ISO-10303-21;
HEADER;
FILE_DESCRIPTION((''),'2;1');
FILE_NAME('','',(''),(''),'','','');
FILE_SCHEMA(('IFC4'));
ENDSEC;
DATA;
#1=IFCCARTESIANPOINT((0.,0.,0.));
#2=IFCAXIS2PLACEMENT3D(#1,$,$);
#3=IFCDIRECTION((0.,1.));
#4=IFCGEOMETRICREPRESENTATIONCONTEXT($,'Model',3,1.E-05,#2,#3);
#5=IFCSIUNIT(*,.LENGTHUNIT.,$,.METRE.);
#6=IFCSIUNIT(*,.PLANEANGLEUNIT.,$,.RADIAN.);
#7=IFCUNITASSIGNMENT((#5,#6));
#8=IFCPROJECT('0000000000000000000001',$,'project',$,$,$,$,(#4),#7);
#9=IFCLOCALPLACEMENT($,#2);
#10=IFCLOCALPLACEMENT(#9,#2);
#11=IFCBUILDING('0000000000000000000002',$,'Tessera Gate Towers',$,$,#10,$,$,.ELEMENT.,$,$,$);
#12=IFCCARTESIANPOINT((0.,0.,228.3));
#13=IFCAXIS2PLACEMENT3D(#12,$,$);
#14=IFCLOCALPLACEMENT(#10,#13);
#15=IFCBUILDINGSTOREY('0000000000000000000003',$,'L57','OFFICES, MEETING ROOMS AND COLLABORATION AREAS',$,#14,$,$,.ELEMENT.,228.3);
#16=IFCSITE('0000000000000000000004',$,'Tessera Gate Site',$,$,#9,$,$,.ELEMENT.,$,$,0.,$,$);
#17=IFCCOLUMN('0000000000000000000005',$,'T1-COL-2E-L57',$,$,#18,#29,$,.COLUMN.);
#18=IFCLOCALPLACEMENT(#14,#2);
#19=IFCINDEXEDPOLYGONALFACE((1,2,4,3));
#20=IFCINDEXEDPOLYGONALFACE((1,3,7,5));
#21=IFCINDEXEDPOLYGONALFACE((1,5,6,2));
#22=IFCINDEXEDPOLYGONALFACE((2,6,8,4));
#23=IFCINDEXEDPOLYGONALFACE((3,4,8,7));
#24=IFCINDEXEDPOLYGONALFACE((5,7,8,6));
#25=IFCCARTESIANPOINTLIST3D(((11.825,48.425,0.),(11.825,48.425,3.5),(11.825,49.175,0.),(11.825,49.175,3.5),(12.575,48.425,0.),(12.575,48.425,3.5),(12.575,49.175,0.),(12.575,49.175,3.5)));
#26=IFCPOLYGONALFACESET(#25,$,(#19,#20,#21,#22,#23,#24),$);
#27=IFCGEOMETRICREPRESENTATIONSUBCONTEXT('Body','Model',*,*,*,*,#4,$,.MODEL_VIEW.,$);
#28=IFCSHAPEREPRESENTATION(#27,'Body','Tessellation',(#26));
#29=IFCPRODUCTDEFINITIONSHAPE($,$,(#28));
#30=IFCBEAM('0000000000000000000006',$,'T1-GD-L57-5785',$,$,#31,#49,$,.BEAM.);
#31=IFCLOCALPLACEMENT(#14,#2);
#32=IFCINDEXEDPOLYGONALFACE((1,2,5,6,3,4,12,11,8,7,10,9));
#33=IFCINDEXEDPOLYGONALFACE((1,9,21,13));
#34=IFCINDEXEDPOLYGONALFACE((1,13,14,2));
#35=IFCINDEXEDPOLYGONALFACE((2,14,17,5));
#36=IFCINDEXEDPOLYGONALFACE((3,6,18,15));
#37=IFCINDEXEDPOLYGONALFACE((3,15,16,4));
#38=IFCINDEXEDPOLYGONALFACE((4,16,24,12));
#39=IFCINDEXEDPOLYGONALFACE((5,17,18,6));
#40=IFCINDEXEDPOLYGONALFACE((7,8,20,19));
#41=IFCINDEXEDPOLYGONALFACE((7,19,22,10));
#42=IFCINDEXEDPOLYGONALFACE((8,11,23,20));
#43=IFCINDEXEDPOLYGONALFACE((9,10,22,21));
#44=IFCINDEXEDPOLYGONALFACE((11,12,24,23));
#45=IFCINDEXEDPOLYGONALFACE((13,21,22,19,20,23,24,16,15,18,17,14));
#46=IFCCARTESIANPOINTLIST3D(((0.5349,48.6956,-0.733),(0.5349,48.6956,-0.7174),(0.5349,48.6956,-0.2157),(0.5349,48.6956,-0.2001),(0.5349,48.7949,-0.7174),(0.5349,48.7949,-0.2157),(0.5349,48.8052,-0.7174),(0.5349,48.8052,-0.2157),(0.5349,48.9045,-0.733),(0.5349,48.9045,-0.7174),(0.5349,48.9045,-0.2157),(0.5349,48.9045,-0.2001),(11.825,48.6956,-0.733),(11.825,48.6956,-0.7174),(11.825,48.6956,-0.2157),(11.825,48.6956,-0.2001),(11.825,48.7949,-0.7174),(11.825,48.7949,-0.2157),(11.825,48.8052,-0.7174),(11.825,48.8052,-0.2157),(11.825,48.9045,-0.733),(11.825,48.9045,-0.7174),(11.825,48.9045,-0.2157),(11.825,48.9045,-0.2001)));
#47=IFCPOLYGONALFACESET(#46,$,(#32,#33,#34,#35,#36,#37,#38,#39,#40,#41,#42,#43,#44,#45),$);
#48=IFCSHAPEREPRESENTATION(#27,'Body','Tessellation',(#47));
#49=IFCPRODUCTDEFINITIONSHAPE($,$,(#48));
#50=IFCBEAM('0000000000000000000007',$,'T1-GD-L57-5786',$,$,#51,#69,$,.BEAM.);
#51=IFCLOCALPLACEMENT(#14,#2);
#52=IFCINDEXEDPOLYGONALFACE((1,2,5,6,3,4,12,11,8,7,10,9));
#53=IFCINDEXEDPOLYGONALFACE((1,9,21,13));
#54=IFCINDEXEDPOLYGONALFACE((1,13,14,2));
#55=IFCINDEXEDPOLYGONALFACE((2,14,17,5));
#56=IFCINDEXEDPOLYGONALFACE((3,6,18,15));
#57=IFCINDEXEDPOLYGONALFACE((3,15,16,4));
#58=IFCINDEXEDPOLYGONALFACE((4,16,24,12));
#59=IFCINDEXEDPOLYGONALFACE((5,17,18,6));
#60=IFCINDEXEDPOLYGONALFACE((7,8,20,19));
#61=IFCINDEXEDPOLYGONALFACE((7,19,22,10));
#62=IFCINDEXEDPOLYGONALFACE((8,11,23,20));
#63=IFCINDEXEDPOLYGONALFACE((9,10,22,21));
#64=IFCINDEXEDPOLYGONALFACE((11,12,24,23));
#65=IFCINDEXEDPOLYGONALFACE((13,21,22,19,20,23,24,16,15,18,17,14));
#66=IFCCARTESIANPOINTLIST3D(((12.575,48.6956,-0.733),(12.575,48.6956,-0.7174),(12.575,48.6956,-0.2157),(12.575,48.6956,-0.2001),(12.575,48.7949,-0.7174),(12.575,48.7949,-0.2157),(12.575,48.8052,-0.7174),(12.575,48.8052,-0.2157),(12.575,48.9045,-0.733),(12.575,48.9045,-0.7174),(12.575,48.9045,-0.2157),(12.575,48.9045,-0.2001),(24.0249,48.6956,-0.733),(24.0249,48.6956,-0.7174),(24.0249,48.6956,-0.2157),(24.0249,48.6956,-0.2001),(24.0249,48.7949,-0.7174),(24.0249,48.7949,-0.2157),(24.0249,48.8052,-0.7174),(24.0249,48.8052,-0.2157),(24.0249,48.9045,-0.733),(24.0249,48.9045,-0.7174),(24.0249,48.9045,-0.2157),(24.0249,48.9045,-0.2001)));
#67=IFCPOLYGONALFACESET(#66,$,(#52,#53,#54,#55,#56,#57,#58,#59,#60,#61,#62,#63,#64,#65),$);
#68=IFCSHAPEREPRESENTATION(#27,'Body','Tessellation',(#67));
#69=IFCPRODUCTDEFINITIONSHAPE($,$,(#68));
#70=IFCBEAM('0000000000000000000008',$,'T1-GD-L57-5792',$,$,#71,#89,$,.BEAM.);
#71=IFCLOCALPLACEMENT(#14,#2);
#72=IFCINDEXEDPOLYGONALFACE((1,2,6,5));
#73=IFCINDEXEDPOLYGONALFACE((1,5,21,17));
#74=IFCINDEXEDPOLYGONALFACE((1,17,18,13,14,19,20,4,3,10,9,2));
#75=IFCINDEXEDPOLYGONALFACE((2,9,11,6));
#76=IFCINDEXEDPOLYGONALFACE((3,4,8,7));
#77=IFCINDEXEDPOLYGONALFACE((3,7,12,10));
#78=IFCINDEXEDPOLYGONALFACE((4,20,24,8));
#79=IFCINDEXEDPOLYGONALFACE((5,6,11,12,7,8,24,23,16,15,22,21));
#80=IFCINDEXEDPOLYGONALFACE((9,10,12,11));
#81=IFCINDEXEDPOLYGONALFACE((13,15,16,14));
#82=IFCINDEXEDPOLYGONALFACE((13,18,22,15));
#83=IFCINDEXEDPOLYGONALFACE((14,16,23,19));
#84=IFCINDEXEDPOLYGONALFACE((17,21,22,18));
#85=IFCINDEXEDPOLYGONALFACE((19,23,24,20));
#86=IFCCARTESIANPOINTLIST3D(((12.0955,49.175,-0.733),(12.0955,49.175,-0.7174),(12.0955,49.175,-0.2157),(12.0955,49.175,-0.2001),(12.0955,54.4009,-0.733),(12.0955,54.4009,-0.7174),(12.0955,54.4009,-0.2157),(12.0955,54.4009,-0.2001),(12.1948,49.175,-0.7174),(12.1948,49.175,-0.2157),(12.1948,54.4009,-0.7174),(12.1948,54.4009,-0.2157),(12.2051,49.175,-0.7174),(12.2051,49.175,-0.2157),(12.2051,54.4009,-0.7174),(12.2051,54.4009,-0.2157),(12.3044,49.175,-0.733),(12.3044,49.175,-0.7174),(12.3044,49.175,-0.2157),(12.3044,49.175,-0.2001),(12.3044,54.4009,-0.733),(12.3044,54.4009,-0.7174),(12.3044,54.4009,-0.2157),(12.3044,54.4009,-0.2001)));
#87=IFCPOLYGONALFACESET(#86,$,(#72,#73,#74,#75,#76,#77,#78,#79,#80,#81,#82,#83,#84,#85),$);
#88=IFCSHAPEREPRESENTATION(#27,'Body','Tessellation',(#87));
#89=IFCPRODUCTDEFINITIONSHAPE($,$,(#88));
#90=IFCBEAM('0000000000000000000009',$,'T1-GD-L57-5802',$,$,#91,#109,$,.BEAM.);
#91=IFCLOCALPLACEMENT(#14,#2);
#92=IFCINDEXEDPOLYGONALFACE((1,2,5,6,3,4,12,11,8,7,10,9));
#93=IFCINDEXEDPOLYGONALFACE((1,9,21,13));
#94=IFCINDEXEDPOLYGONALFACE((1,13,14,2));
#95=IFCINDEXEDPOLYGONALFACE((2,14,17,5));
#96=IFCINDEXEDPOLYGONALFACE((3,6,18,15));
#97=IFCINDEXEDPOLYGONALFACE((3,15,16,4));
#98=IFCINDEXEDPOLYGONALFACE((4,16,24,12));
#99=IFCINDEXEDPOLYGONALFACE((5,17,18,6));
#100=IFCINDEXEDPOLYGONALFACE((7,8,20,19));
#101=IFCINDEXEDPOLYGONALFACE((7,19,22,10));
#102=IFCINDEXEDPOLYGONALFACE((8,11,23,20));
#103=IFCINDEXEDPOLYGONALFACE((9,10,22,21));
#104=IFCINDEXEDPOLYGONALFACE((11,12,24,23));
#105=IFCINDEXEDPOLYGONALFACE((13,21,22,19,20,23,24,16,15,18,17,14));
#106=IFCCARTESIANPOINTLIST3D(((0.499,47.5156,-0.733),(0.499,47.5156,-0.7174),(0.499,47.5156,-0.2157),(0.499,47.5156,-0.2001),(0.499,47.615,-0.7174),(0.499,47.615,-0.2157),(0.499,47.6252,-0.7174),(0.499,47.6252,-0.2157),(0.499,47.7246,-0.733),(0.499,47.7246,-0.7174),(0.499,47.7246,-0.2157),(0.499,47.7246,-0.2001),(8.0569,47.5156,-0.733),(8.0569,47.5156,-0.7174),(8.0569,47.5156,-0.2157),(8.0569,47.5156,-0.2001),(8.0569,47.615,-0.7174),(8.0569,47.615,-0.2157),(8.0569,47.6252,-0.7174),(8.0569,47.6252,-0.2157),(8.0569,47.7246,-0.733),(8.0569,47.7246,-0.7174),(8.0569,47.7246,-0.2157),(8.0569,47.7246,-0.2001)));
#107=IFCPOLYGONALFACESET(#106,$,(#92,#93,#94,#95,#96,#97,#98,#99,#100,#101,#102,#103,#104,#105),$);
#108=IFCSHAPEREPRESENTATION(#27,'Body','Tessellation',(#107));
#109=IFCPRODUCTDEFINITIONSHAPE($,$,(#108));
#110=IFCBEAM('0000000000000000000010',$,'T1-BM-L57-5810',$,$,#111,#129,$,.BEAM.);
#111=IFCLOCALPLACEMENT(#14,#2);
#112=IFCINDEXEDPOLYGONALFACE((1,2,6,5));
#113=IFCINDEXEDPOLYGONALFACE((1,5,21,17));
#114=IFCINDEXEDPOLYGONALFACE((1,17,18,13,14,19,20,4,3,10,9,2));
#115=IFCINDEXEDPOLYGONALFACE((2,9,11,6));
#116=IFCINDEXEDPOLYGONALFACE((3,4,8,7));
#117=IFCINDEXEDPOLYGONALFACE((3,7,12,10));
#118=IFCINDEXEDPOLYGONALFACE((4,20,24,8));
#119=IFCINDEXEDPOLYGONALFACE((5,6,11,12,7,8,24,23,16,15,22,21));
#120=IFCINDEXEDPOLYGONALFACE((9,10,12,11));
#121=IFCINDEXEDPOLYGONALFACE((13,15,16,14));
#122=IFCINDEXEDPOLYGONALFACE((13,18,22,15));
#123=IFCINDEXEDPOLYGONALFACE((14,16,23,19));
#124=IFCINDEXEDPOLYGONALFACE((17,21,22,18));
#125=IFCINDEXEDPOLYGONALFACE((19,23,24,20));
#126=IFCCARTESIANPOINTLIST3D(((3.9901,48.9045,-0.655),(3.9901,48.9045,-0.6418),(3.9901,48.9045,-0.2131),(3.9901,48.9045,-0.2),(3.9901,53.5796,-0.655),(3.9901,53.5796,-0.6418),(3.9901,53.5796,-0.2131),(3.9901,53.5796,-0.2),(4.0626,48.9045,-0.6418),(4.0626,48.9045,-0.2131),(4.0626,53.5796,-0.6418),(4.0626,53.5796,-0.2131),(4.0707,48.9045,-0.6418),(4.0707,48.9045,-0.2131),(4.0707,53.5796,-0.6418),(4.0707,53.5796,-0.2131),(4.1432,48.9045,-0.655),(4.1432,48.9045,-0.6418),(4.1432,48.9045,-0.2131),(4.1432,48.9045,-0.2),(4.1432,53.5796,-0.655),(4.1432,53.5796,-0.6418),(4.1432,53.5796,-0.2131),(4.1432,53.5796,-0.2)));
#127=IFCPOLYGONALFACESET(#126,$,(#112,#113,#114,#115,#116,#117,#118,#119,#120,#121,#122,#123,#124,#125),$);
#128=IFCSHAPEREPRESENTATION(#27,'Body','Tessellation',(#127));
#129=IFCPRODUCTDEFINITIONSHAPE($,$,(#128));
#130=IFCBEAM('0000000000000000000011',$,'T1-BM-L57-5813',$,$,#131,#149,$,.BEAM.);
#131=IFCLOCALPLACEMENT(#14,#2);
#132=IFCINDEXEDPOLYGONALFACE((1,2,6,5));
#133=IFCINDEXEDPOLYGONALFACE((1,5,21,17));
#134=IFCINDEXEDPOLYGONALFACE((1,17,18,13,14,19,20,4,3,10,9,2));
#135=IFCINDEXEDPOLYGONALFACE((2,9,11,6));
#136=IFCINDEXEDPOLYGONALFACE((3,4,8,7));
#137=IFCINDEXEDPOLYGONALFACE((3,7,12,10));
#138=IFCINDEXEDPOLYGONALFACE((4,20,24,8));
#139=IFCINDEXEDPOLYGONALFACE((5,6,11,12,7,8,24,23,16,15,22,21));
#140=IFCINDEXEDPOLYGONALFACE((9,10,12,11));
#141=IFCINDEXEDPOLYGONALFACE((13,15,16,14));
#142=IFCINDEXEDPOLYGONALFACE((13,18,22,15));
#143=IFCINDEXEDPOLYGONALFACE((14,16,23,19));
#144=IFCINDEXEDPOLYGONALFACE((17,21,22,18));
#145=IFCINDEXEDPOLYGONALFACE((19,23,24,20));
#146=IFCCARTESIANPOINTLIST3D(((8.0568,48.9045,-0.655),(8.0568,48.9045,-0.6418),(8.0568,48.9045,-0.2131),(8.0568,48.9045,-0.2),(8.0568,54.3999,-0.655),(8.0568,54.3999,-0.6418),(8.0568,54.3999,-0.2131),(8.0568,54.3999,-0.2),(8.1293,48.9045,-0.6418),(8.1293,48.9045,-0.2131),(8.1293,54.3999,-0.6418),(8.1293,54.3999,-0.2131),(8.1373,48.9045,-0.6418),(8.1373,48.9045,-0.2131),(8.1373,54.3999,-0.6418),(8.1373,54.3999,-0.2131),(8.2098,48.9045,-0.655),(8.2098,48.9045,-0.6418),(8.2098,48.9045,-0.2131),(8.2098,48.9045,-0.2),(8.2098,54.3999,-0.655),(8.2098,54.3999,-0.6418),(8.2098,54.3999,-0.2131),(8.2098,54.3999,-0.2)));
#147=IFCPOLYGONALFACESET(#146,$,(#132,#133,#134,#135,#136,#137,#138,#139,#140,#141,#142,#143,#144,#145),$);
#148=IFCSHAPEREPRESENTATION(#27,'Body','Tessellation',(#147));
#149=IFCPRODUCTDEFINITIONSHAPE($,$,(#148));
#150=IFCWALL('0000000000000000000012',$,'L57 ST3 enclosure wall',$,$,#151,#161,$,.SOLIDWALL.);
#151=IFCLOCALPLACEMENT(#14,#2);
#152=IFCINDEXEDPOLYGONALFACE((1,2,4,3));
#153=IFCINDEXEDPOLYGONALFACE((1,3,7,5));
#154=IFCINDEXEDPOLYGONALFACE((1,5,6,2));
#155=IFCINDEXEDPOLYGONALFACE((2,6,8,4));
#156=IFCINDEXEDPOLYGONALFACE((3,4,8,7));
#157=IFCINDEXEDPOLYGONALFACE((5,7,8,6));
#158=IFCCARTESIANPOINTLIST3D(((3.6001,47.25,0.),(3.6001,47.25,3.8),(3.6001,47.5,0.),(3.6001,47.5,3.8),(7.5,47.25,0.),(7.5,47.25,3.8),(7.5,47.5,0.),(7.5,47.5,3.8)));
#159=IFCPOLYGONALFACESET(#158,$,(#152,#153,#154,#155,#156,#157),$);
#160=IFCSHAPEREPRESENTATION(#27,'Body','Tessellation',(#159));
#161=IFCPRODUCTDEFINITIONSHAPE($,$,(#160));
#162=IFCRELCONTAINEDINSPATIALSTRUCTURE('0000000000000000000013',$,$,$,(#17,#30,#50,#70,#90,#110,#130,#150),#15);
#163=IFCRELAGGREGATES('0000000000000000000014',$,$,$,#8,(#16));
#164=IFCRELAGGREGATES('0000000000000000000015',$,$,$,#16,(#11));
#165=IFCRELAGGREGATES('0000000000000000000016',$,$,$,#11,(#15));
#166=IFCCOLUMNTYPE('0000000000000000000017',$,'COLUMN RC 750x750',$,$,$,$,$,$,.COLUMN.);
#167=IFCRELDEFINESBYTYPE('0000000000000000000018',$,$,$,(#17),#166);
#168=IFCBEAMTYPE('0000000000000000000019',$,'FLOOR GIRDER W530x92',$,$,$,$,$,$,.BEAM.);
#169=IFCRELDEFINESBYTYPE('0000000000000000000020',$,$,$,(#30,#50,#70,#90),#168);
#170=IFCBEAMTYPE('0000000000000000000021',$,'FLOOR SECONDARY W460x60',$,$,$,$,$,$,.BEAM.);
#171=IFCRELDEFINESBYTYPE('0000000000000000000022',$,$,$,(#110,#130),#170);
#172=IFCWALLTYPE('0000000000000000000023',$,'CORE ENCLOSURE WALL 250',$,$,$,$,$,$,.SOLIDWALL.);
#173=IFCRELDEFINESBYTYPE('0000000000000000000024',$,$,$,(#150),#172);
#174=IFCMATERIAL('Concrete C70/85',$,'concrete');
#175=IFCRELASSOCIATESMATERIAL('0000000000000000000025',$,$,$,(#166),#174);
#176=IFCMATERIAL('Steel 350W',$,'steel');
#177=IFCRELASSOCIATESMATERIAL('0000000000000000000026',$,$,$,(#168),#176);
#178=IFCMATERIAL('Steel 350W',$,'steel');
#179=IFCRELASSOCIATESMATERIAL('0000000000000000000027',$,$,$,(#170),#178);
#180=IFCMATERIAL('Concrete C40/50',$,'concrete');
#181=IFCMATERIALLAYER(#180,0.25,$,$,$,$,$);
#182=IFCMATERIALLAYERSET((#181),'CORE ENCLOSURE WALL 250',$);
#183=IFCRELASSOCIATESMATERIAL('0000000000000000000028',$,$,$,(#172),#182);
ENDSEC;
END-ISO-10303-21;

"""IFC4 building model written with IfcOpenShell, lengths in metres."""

from ifc_helpers import new_model, si_unit, direction, frame, frame_2d, origin, origin_2d, place, context, subcontext, project, spatial, rectangle, i_section, extrude, material, layer, layer_set, material_profile, profile_set, type_object, element, save


model = new_model("IFC4")

# Units and contexts
model_context = context("Model", 3, precision=1e-05, world=origin(), true_north=direction((0.0, 1.0)))
body_context = subcontext(model_context, "Body", "Model", "MODEL_VIEW")
ifc_project = project(units=[si_unit("LENGTHUNIT", "METRE"), si_unit("PLANEANGLEUNIT", "RADIAN")], contexts=[model_context])

# Site, building, storey
site_placement = place(None, origin())
site = spatial("IfcSite", under=ifc_project, at=site_placement, Name="Tessera Gate Site", CompositionType="ELEMENT", RefElevation=0.0)
building_placement = place(site_placement, origin())
building = spatial("IfcBuilding", under=site, at=building_placement, Name="Tessera Gate Towers", CompositionType="ELEMENT")
storey_placement = place(building_placement, frame((0.0, 0.0, 228.3)))
storey = spatial("IfcBuildingStorey", under=building, at=storey_placement, Name="L57", Description="OFFICES, MEETING ROOMS AND COLLABORATION AREAS", CompositionType="ELEMENT", Elevation=228.3)

# Column
ifc_material_1 = material(Name="Concrete C70/85", Category="concrete")
ifc_material_profile_1 = material_profile(ifc_material_1, rectangle(XDim=0.75, YDim=0.75, at=origin_2d()), Name="RC 750x750")
ifc_profile_set_1 = profile_set([ifc_material_profile_1], Name="Concrete C70/85")
column_type = type_object("IfcColumnType", Name="COLUMN RC 750x750", PredefinedType="COLUMN", material=ifc_profile_set_1)
column_placement = place(storey_placement, frame((12.2, 48.8, 0.0), z_axis=(0.0, 0.0, 1.0), x_axis=(1.0, 0.0, 0.0)))
element("IfcColumn", 1, at=column_placement, inside=storey, type_object=column_type, Name="T1-COL-2E-L57", PredefinedType="COLUMN", context=body_context, shape_type="SweptSolid", body=[
    extrude(rectangle(XDim=0.75, YDim=0.75, at=origin_2d()), origin(), (0.0, 0.0, 1.0), 3.5),
])

# Beams
ifc_material_2 = material(Name="Steel 350W", Category="steel")
ifc_material_profile_2 = material_profile(ifc_material_2, i_section(OverallWidth=0.209, OverallDepth=0.533, WebThickness=0.0103, FlangeThickness=0.0156, at=origin_2d()), Name="W530x92")
ifc_profile_set_2 = profile_set([ifc_material_profile_2], Name="Steel 350W")
beam_type_1 = type_object("IfcBeamType", Name="FLOOR GIRDER W530x92", PredefinedType="BEAM", material=ifc_profile_set_2)
beam_1_placement = place(storey_placement, frame((0.5349, 48.8, -0.4666), z_axis=(1.0, 0.0, 0.0), x_axis=(0.0, 1.0, 0.0)))
element("IfcBeam", 2, at=beam_1_placement, inside=storey, type_object=beam_type_1, Name="T1-GD-L57-5785", PredefinedType="BEAM", context=body_context, shape_type="SweptSolid", body=[
    extrude(i_section(OverallWidth=0.209, OverallDepth=0.533, WebThickness=0.0103, FlangeThickness=0.0156, at=origin_2d()), origin(), (0.0, 0.0, 1.0), 11.29),
])
beam_2_placement = place(storey_placement, frame((12.575, 48.8, -0.4666), z_axis=(1.0, 0.0, 0.0), x_axis=(0.0, 1.0, 0.0)))
element("IfcBeam", 3, at=beam_2_placement, inside=storey, type_object=beam_type_1, Name="T1-GD-L57-5786", PredefinedType="BEAM", context=body_context, shape_type="SweptSolid", body=[
    extrude(i_section(OverallWidth=0.209, OverallDepth=0.533, WebThickness=0.0103, FlangeThickness=0.0156, at=origin_2d()), origin(), (0.0, 0.0, 1.0), 11.45),
])
beam_3_placement = place(storey_placement, frame((12.2, 49.175, -0.4666), z_axis=(0.0, 1.0, 0.0), x_axis=(-1.0, 0.0, 0.0)))
element("IfcBeam", 4, at=beam_3_placement, inside=storey, type_object=beam_type_1, Name="T1-GD-L57-5792", PredefinedType="BEAM", context=body_context, shape_type="SweptSolid", body=[
    extrude(i_section(OverallWidth=0.209, OverallDepth=0.533, WebThickness=0.0103, FlangeThickness=0.0156, at=origin_2d()), origin(), (0.0, 0.0, 1.0), 5.2258),
])
beam_4_placement = place(storey_placement, frame((0.499, 47.6201, -0.4666), z_axis=(1.0, 0.0, 0.0), x_axis=(0.0, 1.0, 0.0)))
element("IfcBeam", 5, at=beam_4_placement, inside=storey, type_object=beam_type_1, Name="T1-GD-L57-5802", PredefinedType="BEAM", context=body_context, shape_type="SweptSolid", body=[
    extrude(i_section(OverallWidth=0.209, OverallDepth=0.533, WebThickness=0.0103, FlangeThickness=0.0156, at=origin_2d()), origin(), (0.0, 0.0, 1.0), 7.5579),
])
ifc_material_3 = material(Name="Steel 350W", Category="steel")
ifc_material_profile_3 = material_profile(ifc_material_3, i_section(OverallWidth=0.1531, OverallDepth=0.4551, WebThickness=0.0081, FlangeThickness=0.0132, at=origin_2d()), Name="W460x60")
ifc_profile_set_3 = profile_set([ifc_material_profile_3], Name="Steel 350W")
beam_type_2 = type_object("IfcBeamType", Name="FLOOR SECONDARY W460x60", PredefinedType="BEAM", material=ifc_profile_set_3)
beam_5_placement = place(storey_placement, frame((4.0667, 48.9045, -0.4275), z_axis=(0.0, 1.0, 0.0), x_axis=(-1.0, 0.0, 0.0)))
element("IfcBeam", 6, at=beam_5_placement, inside=storey, type_object=beam_type_2, Name="T1-BM-L57-5810", PredefinedType="BEAM", context=body_context, shape_type="SweptSolid", body=[
    extrude(i_section(OverallWidth=0.1531, OverallDepth=0.4551, WebThickness=0.0081, FlangeThickness=0.0132, at=origin_2d()), origin(), (0.0, 0.0, 1.0), 4.675),
])
beam_6_placement = place(storey_placement, frame((8.1333, 48.9045, -0.4275), z_axis=(0.0, 1.0, 0.0), x_axis=(-1.0, 0.0, 0.0)))
element("IfcBeam", 7, at=beam_6_placement, inside=storey, type_object=beam_type_2, Name="T1-BM-L57-5813", PredefinedType="BEAM", context=body_context, shape_type="SweptSolid", body=[
    extrude(i_section(OverallWidth=0.1531, OverallDepth=0.4551, WebThickness=0.0081, FlangeThickness=0.0132, at=origin_2d()), origin(), (0.0, 0.0, 1.0), 5.4954),
])

# Wall
ifc_material_4 = material(Name="Concrete C40/50", Category="concrete")
ifc_layer_1 = layer(ifc_material_4, 0.25)
ifc_layer_set_1 = layer_set([ifc_layer_1], Name="CORE ENCLOSURE WALL 250")
wall_type_1 = type_object("IfcWallType", Name="CORE ENCLOSURE WALL 250", PredefinedType="SOLIDWALL", material=ifc_layer_set_1)
wall_1_placement = place(storey_placement, frame((3.6001, 47.375, 0.0), z_axis=(0.0, 0.0, 1.0), x_axis=(1.0, 0.0, 0.0)))
element("IfcWall", 8, at=wall_1_placement, inside=storey, type_object=wall_type_1, Name="L57 ST3 enclosure wall", PredefinedType="SOLIDWALL", context=body_context, shape_type="SweptSolid", body=[
    extrude(rectangle(XDim=3.8999, YDim=0.25, at=frame_2d((1.95, 0.0))), origin(), (0.0, 0.0, 1.0), 3.8),
])

save(model, "model.ifc")
